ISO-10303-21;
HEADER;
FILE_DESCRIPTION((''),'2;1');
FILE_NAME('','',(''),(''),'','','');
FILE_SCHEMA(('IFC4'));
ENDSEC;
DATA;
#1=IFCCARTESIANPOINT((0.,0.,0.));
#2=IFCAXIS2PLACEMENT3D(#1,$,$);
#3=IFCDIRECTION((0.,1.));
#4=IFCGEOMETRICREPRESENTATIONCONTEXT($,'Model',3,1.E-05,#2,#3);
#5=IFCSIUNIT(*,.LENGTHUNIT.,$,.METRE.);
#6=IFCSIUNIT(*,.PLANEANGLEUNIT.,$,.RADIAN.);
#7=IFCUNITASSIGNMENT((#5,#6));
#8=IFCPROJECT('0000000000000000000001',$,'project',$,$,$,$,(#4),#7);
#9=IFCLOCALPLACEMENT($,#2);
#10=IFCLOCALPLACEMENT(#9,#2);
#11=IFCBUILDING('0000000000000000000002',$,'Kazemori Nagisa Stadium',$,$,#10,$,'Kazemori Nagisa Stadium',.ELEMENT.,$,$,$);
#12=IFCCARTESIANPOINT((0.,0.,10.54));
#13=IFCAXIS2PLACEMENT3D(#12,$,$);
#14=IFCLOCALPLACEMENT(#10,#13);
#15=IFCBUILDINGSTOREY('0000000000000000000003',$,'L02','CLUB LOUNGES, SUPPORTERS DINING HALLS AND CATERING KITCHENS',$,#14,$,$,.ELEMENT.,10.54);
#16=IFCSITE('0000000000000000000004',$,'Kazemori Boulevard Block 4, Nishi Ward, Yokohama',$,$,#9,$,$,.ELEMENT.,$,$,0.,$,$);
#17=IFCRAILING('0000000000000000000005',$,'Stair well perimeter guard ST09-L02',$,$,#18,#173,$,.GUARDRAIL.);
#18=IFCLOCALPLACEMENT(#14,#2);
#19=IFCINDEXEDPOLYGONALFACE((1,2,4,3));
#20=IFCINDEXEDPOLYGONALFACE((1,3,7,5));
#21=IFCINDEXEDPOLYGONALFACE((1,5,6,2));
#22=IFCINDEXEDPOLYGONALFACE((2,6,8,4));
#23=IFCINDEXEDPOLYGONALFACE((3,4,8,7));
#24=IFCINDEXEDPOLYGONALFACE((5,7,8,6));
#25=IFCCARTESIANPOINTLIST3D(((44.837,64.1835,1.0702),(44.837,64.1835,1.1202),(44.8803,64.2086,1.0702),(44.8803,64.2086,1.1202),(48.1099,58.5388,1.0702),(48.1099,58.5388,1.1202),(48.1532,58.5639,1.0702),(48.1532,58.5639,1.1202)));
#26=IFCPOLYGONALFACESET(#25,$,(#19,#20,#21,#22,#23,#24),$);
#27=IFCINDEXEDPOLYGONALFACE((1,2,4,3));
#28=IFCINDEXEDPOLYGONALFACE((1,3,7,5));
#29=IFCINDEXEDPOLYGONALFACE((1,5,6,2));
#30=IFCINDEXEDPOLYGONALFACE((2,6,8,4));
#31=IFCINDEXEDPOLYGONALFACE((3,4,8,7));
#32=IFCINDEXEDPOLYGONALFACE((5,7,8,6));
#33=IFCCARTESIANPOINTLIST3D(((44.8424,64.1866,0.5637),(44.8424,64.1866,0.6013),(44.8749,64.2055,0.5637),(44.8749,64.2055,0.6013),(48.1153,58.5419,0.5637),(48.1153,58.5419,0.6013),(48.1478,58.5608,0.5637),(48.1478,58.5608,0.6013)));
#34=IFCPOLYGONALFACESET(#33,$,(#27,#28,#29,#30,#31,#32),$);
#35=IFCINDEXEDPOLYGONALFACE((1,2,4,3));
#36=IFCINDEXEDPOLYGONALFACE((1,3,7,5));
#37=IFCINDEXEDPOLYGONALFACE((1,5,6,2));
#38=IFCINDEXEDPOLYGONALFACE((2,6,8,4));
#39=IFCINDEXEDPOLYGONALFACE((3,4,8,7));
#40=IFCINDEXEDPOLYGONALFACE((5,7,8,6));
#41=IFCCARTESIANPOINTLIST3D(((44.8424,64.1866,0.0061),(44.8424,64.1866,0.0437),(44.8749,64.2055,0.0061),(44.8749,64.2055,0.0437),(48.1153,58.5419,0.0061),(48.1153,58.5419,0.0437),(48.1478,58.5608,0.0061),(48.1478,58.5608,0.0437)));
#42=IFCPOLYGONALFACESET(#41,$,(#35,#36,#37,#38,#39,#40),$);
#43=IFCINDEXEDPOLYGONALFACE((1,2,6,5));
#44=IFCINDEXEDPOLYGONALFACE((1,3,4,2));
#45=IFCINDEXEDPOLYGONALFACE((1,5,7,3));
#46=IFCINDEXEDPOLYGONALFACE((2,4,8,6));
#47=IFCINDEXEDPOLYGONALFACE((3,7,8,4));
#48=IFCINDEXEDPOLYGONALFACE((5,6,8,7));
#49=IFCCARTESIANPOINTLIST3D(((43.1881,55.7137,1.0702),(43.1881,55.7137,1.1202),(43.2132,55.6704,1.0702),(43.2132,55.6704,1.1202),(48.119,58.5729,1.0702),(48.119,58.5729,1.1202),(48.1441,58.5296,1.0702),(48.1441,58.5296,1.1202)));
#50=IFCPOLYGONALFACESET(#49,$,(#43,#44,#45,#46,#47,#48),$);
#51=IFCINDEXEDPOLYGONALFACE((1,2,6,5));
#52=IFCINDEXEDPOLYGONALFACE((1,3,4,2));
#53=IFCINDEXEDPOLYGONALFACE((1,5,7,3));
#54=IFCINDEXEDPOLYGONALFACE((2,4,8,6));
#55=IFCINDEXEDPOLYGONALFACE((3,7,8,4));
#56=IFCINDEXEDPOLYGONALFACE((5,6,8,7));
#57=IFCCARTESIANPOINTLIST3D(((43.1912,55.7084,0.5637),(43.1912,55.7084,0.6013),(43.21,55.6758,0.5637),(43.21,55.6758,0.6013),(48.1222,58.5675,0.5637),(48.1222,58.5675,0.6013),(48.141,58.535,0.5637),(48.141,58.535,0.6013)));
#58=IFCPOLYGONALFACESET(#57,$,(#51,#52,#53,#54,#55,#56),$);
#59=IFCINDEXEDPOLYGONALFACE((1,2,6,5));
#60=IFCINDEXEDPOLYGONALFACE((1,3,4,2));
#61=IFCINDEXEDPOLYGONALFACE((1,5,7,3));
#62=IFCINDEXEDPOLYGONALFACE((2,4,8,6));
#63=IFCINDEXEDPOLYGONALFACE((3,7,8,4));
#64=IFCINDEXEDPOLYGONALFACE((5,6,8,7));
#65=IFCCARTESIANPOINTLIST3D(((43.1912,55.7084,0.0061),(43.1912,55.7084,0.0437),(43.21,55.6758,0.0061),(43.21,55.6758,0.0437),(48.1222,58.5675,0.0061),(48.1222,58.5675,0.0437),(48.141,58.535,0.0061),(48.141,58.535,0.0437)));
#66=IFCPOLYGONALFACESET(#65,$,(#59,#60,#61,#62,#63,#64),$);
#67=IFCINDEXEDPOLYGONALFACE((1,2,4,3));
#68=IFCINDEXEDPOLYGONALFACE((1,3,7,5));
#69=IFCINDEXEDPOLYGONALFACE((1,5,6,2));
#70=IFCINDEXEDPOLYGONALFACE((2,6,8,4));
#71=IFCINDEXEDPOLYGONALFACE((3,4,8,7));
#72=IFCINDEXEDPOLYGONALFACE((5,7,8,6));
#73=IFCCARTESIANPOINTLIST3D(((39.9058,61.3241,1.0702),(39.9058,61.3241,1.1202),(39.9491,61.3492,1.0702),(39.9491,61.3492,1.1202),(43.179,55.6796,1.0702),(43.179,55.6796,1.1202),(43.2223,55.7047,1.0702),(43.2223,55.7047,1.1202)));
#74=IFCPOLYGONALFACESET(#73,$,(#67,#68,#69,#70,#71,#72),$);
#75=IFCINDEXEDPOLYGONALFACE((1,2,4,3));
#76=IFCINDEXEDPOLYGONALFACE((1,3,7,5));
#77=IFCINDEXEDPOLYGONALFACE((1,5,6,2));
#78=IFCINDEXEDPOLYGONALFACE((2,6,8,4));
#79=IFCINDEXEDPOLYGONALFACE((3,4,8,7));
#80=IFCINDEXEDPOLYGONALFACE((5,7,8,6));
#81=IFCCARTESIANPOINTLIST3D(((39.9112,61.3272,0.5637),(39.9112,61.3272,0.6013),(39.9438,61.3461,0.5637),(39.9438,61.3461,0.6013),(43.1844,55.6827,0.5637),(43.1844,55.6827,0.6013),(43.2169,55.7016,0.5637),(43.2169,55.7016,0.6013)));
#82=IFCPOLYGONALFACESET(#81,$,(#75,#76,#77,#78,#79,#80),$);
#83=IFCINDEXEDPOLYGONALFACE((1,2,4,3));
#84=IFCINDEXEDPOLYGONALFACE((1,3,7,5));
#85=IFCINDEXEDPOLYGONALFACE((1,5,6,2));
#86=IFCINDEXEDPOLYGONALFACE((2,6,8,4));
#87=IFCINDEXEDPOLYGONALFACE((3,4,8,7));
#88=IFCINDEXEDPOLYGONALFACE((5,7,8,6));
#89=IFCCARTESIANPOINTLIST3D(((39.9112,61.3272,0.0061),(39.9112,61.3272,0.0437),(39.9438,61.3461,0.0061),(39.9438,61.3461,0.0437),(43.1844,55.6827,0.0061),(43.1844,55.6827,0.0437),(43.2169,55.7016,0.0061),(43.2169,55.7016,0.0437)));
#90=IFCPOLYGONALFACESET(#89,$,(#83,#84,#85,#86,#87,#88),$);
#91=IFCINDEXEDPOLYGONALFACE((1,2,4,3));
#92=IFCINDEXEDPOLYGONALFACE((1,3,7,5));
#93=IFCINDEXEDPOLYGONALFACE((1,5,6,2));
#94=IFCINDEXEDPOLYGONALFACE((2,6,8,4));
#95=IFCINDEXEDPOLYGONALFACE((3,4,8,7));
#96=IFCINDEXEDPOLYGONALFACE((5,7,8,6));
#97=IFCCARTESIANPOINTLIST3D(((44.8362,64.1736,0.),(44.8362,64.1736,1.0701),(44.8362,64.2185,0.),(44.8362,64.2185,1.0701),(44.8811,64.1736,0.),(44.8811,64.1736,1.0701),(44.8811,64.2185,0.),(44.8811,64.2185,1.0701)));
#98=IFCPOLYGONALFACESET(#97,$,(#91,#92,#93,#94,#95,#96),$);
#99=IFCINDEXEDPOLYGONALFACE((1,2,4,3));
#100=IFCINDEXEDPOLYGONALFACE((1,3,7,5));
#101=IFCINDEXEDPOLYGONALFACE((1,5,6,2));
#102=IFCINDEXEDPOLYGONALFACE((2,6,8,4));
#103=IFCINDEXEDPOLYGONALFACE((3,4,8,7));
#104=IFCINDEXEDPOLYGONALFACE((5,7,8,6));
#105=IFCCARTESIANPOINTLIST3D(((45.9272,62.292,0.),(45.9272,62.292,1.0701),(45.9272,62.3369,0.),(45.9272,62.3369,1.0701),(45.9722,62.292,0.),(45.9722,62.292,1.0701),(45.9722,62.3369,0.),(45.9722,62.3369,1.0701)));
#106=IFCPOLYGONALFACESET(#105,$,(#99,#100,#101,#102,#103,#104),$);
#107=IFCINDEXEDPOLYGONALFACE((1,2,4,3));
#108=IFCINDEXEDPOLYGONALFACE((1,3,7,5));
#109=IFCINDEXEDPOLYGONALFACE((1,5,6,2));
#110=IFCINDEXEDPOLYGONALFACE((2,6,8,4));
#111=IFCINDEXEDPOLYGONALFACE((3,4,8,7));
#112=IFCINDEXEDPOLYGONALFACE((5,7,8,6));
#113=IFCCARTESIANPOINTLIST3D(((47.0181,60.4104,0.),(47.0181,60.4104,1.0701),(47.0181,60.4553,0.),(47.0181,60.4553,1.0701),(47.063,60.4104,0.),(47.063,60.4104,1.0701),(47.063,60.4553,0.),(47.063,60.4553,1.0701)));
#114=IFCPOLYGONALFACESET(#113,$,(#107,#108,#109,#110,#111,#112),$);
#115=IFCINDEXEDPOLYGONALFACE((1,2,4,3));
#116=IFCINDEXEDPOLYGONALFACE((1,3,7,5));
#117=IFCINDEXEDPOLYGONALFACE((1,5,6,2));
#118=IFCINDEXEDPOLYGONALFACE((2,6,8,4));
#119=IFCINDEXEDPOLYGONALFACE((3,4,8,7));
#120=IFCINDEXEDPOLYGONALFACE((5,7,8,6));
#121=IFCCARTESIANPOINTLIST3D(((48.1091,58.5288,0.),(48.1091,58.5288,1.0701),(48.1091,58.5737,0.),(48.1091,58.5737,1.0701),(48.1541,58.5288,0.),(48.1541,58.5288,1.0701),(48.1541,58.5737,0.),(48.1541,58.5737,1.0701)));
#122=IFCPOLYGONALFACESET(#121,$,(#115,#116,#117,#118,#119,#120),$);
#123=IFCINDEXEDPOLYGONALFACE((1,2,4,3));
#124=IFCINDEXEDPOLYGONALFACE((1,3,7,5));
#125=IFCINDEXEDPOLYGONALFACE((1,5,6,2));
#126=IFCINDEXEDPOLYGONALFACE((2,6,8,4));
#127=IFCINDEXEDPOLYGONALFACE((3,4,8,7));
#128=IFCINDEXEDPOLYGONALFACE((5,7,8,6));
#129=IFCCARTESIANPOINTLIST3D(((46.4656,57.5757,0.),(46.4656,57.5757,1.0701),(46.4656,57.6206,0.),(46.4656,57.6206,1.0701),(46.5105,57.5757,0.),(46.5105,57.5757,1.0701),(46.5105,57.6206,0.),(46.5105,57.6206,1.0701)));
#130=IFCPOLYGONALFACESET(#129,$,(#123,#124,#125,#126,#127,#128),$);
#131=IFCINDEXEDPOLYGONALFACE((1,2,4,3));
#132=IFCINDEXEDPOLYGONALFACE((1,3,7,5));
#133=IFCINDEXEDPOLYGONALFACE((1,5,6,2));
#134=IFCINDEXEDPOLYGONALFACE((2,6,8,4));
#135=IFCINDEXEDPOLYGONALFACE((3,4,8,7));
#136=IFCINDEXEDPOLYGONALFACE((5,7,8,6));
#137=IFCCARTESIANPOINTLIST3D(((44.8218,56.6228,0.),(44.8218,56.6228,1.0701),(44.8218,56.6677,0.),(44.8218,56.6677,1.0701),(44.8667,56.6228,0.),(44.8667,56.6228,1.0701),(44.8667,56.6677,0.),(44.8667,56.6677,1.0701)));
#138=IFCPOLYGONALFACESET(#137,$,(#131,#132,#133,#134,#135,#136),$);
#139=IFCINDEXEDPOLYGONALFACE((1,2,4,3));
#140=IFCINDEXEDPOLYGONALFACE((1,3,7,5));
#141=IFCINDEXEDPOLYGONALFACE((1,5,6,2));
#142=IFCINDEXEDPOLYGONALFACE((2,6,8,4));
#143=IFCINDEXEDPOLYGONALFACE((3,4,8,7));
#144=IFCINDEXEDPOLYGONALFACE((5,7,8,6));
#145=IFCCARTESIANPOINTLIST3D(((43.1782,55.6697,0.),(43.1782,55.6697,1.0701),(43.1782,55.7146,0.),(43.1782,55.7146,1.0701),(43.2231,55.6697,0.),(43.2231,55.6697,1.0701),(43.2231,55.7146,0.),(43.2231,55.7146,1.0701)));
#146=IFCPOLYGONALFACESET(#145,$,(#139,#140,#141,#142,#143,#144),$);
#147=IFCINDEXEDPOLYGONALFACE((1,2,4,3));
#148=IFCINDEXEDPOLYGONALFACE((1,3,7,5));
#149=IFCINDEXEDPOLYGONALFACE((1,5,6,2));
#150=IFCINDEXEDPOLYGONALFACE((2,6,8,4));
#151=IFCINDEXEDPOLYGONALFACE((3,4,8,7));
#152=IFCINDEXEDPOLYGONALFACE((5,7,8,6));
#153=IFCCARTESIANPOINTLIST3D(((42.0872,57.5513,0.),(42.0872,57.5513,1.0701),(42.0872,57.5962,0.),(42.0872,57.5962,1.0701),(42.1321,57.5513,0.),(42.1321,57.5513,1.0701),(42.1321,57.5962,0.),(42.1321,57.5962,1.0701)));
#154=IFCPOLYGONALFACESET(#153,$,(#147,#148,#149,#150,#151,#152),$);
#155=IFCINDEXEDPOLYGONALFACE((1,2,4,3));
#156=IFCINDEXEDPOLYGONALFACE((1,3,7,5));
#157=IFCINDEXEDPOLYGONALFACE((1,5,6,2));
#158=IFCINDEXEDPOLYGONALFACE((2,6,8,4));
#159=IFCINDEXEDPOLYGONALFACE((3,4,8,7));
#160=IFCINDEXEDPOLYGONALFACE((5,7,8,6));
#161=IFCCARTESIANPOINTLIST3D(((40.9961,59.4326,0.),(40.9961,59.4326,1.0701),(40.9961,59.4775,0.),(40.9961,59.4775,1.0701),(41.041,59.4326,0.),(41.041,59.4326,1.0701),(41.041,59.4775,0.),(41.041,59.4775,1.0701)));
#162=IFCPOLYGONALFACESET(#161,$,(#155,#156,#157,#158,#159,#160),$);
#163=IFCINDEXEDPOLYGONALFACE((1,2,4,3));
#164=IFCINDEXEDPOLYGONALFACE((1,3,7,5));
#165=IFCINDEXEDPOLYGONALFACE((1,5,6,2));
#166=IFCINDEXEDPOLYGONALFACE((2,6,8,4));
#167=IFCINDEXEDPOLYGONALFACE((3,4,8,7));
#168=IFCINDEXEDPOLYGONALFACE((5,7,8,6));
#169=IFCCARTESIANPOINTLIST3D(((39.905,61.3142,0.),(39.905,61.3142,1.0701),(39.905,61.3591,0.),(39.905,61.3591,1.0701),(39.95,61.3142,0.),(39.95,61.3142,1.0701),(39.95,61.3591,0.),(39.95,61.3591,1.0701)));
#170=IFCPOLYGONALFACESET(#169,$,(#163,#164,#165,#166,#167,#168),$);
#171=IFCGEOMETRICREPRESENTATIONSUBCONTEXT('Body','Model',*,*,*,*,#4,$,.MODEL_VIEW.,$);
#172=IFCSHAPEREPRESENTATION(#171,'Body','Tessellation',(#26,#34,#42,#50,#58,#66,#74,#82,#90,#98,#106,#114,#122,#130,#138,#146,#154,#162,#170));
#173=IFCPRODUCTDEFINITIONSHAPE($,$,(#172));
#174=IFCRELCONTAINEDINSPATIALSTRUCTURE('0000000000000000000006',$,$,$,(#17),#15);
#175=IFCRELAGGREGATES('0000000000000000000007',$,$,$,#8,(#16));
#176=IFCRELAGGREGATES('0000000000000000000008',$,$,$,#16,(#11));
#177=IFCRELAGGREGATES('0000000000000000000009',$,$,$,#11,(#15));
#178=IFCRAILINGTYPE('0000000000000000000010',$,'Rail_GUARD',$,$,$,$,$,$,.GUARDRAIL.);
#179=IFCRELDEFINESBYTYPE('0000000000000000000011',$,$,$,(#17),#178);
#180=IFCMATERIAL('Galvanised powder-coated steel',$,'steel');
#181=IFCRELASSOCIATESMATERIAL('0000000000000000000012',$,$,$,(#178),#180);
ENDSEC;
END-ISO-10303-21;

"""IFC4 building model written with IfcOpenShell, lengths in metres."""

from ifc_helpers import new_model, si_unit, direction, frame, origin, origin_2d, place, context, subcontext, project, spatial, rectangle, extrude, material, type_object, element, save


model = new_model("IFC4")

# Units and contexts
model_context = context("Model", 3, precision=1e-05, world=origin(), true_north=direction((0.0, 1.0)))
body_context = subcontext(model_context, "Body", "Model", "MODEL_VIEW")
ifc_project = project(units=[si_unit("LENGTHUNIT", "METRE"), si_unit("PLANEANGLEUNIT", "RADIAN")], contexts=[model_context])

# Site, building, storey
site_placement = place(None, origin())
site = spatial("IfcSite", under=ifc_project, at=site_placement, Name="Kazemori Boulevard Block 4, Nishi Ward, Yokohama", CompositionType="ELEMENT", RefElevation=0.0)
building_placement = place(site_placement, origin())
building = spatial("IfcBuilding", under=site, at=building_placement, Name="Kazemori Nagisa Stadium", LongName="Kazemori Nagisa Stadium", CompositionType="ELEMENT")
storey_placement = place(building_placement, frame((0.0, 0.0, 10.54)))
storey = spatial("IfcBuildingStorey", under=building, at=storey_placement, Name="L02", Description="CLUB LOUNGES, SUPPORTERS DINING HALLS AND CATERING KITCHENS", CompositionType="ELEMENT", Elevation=10.54)

# Railing
ifc_material_1 = material(Name="Galvanised powder-coated steel", Category="steel")
railing_type_1 = type_object("IfcRailingType", Name="Rail_GUARD", PredefinedType="GUARDRAIL", material=ifc_material_1)
railing_1_placement = place(storey_placement, frame((44.8586, 64.196, 0.0)))
element("IfcRailing", 1, at=railing_1_placement, inside=storey, type_object=railing_type_1, Name="Stair well perimeter guard ST09-L02", PredefinedType="GUARDRAIL", context=body_context, shape_type="SweptSolid", body=[
    extrude(rectangle(XDim=0.05, YDim=0.05, at=origin_2d()), frame((0.0, 0.0, 1.0952), z_axis=(0.501601, -0.865099, 0.0), x_axis=(0.865099, 0.501601, 0.0)), (0.0, 0.0, 1.0), 6.5249),
    extrude(rectangle(XDim=0.0376, YDim=0.0376, at=origin_2d()), frame((0.0, 0.0, 0.5825), z_axis=(0.501601, -0.865099, 0.0), x_axis=(0.865099, 0.501601, 0.0)), (0.0, 0.0, 1.0), 6.5249),
    extrude(rectangle(XDim=0.0376, YDim=0.0376, at=origin_2d()), frame((0.0, 0.0, 0.0249), z_axis=(0.501601, -0.865099, 0.0), x_axis=(0.865099, 0.501601, 0.0)), (0.0, 0.0, 1.0), 6.5249),
    extrude(rectangle(XDim=0.05, YDim=0.05, at=origin_2d()), frame((3.2729, -5.6448, 1.0952), z_axis=(-0.865092, -0.501614, 0.0), x_axis=(0.501614, -0.865092, 0.0)), (0.0, 0.0, 1.0), 5.7),
    extrude(rectangle(XDim=0.0376, YDim=0.0376, at=origin_2d()), frame((3.2729, -5.6448, 0.5825), z_axis=(-0.865092, -0.501614, 0.0), x_axis=(0.501614, -0.865092, 0.0)), (0.0, 0.0, 1.0), 5.7),
    extrude(rectangle(XDim=0.0376, YDim=0.0376, at=origin_2d()), frame((3.2729, -5.6448, 0.0249), z_axis=(-0.865092, -0.501614, 0.0), x_axis=(0.501614, -0.865092, 0.0)), (0.0, 0.0, 1.0), 5.7),
    extrude(rectangle(XDim=0.05, YDim=0.05, at=origin_2d()), frame((-1.658, -8.5039, 1.0952), z_axis=(-0.501645, 0.865073, 0.0), x_axis=(-0.865073, -0.501645, 0.0)), (0.0, 0.0, 1.0), 6.5249),
    extrude(rectangle(XDim=0.0376, YDim=0.0376, at=origin_2d()), frame((-1.658, -8.5039, 0.5825), z_axis=(-0.501645, 0.865073, 0.0), x_axis=(-0.865073, -0.501645, 0.0)), (0.0, 0.0, 1.0), 6.5249),
    extrude(rectangle(XDim=0.0376, YDim=0.0376, at=origin_2d()), frame((-1.658, -8.5039, 0.0249), z_axis=(-0.501645, 0.865073, 0.0), x_axis=(-0.865073, -0.501645, 0.0)), (0.0, 0.0, 1.0), 6.5249),
    extrude(rectangle(XDim=0.0449, YDim=0.0449, at=origin_2d()), origin(), (0.0, 0.0, 1.0), 1.0701),
    extrude(rectangle(XDim=0.0449, YDim=0.0449, at=origin_2d()), frame((1.0911, -1.8816, 0.0)), (0.0, 0.0, 1.0), 1.0701),
    extrude(rectangle(XDim=0.0449, YDim=0.0449, at=origin_2d()), frame((2.1819, -3.7632, 0.0)), (0.0, 0.0, 1.0), 1.0701),
    extrude(rectangle(XDim=0.0449, YDim=0.0449, at=origin_2d()), frame((3.2729, -5.6448, 0.0)), (0.0, 0.0, 1.0), 1.0701),
    extrude(rectangle(XDim=0.0449, YDim=0.0449, at=origin_2d()), frame((1.6294, -6.5979, 0.0)), (0.0, 0.0, 1.0), 1.0701),
    extrude(rectangle(XDim=0.0449, YDim=0.0449, at=origin_2d()), frame((-0.0144, -7.5508, 0.0)), (0.0, 0.0, 1.0), 1.0701),
    extrude(rectangle(XDim=0.0449, YDim=0.0449, at=origin_2d()), frame((-1.658, -8.5039, 0.0)), (0.0, 0.0, 1.0), 1.0701),
    extrude(rectangle(XDim=0.0449, YDim=0.0449, at=origin_2d()), frame((-2.749, -6.6223, 0.0)), (0.0, 0.0, 1.0), 1.0701),
    extrude(rectangle(XDim=0.0449, YDim=0.0449, at=origin_2d()), frame((-3.8401, -4.741, 0.0)), (0.0, 0.0, 1.0), 1.0701),
    extrude(rectangle(XDim=0.0449, YDim=0.0449, at=origin_2d()), frame((-4.9312, -2.8594, 0.0)), (0.0, 0.0, 1.0), 1.0701),
])

save(model, "model.ifc")
